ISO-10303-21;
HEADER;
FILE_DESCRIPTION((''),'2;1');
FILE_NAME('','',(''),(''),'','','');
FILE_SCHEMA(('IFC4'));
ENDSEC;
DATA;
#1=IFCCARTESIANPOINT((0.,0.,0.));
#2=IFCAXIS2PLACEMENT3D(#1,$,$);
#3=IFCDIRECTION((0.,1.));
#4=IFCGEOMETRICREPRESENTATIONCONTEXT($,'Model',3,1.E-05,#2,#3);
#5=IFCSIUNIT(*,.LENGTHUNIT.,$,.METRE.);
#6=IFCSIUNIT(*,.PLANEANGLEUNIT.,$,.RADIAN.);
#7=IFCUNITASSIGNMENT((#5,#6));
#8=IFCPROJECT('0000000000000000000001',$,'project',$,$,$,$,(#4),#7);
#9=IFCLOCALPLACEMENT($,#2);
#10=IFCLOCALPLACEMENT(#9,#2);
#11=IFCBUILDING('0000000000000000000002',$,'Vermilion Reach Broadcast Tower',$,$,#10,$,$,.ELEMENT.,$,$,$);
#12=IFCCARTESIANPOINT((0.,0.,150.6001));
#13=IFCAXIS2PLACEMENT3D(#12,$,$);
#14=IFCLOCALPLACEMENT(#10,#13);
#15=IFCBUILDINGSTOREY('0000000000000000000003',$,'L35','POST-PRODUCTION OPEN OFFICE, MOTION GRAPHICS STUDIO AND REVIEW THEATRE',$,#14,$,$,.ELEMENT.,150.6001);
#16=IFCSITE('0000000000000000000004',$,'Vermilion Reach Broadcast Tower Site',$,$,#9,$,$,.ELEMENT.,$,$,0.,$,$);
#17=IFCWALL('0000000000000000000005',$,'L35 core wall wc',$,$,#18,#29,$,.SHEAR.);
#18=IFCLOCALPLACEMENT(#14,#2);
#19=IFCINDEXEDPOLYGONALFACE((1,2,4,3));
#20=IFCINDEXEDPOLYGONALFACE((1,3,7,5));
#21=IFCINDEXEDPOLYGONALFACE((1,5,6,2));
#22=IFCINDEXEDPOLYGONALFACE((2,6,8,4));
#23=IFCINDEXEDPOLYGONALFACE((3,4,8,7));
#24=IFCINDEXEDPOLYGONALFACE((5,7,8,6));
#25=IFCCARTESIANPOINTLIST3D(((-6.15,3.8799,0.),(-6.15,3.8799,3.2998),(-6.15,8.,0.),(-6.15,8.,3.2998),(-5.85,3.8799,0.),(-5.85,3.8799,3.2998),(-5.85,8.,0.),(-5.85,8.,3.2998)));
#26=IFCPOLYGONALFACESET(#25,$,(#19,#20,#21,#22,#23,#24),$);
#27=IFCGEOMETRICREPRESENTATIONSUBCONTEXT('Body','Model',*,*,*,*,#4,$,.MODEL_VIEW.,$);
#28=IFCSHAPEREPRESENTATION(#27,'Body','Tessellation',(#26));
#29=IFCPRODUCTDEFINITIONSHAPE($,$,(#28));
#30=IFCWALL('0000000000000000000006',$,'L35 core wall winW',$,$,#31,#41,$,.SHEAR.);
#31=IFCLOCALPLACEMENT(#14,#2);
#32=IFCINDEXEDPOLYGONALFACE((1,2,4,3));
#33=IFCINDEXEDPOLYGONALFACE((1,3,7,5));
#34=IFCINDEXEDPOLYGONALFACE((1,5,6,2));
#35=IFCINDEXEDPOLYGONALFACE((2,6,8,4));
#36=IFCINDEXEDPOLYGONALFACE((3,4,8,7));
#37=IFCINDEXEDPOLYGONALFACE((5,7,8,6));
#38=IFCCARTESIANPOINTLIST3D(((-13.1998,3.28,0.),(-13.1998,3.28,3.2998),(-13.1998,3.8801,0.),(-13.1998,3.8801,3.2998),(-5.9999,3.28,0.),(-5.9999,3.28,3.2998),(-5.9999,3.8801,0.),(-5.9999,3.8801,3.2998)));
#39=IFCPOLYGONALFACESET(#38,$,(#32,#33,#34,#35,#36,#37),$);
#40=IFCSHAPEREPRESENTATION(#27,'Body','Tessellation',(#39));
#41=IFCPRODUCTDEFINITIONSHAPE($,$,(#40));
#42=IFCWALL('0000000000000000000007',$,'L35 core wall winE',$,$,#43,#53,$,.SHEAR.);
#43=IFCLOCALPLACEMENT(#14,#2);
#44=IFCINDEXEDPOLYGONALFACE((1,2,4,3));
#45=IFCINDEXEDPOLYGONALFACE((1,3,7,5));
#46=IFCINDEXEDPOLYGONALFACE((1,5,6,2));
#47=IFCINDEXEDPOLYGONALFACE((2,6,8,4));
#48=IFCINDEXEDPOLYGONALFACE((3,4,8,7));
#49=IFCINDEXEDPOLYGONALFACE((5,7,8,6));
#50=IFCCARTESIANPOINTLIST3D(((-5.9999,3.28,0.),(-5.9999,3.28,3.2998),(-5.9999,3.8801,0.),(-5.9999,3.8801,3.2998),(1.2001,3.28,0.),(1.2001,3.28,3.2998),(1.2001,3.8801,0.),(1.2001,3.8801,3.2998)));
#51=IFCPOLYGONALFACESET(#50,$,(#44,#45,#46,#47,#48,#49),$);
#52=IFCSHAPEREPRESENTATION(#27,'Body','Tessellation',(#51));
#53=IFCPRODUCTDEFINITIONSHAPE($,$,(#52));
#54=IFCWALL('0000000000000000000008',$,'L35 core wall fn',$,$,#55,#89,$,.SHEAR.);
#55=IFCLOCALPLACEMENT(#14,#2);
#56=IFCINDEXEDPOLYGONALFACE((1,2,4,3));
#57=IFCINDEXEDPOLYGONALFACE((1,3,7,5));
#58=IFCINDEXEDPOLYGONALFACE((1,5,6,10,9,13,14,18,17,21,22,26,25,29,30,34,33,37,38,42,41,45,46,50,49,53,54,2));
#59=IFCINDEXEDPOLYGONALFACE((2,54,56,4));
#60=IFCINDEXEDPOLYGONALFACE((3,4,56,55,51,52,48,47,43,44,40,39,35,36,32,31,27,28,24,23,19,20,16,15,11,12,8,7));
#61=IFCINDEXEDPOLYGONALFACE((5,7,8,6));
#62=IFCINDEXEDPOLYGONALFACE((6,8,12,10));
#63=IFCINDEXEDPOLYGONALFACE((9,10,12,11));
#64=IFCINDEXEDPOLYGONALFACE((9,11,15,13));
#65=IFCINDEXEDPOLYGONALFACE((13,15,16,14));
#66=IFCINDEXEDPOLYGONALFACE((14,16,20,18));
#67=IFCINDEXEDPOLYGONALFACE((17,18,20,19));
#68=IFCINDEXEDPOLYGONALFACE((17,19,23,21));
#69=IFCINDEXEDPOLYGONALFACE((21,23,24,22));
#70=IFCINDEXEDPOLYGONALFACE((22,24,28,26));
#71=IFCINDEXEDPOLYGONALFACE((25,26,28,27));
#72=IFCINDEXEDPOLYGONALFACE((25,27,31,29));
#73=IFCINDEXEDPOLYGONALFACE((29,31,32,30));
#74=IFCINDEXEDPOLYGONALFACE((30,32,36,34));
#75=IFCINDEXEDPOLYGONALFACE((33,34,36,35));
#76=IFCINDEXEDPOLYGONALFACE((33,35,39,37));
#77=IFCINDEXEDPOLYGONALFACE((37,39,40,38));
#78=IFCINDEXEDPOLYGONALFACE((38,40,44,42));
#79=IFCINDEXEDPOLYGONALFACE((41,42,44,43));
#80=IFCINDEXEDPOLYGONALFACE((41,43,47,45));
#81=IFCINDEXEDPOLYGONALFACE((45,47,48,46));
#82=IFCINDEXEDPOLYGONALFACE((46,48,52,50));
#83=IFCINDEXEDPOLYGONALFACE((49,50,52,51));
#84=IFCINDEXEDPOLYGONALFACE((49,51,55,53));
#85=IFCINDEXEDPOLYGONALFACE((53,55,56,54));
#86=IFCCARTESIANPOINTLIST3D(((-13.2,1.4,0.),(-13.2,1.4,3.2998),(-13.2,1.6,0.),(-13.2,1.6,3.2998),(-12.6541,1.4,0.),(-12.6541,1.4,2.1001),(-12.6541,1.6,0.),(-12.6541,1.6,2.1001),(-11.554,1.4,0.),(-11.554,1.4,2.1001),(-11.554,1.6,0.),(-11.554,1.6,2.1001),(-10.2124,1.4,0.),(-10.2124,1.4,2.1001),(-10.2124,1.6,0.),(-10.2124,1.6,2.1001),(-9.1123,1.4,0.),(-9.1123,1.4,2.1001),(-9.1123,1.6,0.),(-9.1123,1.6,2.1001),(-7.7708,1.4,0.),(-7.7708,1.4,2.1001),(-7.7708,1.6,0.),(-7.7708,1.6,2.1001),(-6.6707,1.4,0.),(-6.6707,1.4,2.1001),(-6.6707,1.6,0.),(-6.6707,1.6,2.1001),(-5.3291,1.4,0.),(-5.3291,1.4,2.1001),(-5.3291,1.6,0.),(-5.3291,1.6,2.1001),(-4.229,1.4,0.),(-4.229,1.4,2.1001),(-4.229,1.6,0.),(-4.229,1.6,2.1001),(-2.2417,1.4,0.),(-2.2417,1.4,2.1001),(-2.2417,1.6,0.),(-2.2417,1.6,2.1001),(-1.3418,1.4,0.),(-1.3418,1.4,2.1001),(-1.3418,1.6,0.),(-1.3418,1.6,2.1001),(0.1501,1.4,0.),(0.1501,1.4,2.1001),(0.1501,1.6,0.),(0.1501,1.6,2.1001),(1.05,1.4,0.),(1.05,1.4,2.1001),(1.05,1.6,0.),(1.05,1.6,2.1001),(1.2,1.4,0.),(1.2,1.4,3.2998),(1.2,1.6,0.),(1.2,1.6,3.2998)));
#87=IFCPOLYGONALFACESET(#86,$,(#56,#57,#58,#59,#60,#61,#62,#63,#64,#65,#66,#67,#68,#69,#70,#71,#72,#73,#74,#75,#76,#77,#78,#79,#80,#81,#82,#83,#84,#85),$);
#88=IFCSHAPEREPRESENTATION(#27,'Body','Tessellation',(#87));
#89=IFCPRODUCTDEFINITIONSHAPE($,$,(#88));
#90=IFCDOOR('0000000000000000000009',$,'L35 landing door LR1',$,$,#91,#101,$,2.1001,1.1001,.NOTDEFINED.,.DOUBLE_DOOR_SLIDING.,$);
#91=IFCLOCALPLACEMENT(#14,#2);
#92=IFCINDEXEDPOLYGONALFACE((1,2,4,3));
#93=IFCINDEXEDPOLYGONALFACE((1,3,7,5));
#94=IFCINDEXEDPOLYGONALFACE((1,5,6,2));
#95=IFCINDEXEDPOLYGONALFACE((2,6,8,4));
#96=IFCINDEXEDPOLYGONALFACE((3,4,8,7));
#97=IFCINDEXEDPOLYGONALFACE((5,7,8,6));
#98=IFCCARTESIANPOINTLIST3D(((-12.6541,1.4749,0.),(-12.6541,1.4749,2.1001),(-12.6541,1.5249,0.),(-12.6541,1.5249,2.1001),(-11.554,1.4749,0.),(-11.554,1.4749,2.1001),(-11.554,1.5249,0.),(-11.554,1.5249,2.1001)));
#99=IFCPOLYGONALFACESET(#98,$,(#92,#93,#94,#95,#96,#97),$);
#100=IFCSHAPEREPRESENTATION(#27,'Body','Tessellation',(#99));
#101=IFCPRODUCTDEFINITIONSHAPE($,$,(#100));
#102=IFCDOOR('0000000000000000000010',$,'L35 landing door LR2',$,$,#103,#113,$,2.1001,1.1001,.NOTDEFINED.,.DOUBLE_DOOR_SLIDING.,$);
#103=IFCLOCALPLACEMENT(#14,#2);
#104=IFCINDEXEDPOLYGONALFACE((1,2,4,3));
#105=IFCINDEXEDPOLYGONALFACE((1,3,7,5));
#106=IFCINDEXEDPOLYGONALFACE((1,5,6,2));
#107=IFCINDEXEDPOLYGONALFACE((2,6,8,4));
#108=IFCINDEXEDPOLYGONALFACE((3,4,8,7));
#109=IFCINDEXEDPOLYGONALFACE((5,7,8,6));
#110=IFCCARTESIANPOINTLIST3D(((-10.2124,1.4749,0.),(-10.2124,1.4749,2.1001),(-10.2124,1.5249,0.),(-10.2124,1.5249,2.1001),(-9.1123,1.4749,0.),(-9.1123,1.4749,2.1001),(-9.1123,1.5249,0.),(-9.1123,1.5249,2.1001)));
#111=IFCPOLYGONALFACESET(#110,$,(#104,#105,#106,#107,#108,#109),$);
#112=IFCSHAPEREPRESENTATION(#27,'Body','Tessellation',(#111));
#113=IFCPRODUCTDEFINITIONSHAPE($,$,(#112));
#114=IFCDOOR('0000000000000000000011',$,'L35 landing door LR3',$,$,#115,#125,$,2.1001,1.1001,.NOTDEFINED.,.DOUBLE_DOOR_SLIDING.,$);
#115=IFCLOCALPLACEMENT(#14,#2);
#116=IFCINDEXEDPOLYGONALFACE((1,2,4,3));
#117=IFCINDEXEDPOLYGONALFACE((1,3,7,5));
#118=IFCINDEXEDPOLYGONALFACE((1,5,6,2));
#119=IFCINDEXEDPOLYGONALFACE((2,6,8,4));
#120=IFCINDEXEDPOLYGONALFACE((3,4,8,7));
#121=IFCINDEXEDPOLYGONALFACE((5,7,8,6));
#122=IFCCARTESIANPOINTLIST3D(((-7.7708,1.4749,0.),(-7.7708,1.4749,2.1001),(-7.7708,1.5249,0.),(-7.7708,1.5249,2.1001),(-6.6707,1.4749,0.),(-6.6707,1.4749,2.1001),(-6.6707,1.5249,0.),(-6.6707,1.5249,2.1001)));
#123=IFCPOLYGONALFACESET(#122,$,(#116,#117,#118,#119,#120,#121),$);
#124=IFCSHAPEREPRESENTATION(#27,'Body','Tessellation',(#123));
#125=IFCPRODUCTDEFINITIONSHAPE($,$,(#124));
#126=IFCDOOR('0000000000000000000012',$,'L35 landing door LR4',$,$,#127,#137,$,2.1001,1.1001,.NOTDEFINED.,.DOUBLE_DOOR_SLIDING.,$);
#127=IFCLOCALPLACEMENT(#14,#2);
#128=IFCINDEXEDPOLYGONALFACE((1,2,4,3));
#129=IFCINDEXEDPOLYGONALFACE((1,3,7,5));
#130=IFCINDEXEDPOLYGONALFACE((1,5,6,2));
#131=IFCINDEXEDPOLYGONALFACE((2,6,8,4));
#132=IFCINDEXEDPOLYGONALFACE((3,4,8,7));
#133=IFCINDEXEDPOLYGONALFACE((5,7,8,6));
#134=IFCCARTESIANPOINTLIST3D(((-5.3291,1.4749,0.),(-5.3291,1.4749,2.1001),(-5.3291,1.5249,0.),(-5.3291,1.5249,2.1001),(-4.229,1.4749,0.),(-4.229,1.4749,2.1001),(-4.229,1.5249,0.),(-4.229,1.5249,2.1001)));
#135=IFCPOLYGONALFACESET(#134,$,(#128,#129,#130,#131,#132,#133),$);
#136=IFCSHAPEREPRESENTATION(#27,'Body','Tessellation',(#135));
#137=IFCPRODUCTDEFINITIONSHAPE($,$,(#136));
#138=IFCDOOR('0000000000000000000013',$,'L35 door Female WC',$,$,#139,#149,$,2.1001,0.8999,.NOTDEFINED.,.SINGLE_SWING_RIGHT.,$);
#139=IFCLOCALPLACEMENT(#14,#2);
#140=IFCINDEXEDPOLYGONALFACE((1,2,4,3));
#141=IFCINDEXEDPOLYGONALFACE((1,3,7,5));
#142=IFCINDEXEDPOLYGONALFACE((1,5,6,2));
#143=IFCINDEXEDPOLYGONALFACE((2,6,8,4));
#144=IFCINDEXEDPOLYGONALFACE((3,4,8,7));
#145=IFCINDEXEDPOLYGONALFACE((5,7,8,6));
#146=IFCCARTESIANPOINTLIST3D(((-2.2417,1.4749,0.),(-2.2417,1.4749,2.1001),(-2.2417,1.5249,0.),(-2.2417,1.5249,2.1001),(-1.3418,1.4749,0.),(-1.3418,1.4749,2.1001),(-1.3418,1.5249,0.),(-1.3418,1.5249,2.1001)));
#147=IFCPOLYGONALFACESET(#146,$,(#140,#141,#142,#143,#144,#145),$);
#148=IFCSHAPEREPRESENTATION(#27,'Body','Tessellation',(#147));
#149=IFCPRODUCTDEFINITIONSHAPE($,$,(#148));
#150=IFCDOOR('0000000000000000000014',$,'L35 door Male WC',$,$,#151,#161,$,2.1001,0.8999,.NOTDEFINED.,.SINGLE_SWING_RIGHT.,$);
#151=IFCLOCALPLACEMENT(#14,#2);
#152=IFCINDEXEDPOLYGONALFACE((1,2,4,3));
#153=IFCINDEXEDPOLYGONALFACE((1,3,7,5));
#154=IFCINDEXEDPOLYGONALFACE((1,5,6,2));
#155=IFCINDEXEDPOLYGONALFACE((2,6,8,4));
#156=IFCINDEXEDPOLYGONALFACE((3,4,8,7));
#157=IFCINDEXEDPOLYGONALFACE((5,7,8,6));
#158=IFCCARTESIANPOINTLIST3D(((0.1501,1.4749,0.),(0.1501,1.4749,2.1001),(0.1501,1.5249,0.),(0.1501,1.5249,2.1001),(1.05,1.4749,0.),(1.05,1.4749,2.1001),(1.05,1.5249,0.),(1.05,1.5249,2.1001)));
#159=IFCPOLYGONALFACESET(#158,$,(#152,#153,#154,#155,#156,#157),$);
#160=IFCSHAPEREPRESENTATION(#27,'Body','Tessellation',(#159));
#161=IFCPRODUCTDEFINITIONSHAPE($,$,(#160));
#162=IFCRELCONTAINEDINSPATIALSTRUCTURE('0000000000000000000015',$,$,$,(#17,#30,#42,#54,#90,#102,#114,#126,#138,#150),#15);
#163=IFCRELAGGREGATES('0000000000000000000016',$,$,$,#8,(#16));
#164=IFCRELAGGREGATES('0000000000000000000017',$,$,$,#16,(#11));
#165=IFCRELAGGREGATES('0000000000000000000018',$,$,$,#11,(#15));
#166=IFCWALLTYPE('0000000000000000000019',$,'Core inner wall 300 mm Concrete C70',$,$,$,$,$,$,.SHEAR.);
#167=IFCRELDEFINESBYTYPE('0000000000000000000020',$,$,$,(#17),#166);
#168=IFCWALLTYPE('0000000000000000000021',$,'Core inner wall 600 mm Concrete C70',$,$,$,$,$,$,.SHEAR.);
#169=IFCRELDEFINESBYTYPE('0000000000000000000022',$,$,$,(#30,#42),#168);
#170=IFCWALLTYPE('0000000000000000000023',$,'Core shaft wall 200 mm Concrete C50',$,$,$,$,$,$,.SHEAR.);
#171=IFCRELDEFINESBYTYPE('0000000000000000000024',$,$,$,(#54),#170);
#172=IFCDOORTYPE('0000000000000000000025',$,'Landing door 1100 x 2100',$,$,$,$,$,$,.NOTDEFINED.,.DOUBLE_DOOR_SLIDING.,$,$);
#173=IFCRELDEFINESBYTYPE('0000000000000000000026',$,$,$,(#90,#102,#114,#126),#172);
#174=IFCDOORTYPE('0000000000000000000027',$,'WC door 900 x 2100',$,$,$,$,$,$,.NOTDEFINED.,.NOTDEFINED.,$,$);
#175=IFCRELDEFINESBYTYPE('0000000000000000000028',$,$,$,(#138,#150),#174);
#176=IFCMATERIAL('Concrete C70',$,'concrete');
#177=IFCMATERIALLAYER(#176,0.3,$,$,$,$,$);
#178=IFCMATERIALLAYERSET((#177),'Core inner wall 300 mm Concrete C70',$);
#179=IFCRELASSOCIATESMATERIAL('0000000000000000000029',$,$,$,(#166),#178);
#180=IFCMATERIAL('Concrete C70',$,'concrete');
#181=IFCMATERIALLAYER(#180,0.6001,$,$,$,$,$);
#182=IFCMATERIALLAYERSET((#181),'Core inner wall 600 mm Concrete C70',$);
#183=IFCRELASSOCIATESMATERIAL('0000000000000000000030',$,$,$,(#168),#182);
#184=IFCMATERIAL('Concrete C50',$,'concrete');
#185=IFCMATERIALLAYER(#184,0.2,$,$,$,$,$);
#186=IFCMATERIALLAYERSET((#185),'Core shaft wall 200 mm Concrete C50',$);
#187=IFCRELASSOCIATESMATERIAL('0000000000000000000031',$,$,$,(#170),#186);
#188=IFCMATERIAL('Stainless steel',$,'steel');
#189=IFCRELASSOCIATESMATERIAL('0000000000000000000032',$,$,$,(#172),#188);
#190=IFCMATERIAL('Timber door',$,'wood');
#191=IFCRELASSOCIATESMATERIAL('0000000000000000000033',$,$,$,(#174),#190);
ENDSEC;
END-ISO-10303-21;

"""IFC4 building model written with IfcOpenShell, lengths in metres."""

from ifc_helpers import new_model, si_unit, direction, frame, frame_2d, origin, place, context, subcontext, project, spatial, rectangle, extrude, material, layer, layer_set, type_object, element, fill, save


model = new_model("IFC4")

# Units and contexts
model_context = context("Model", 3, precision=1e-05, world=origin(), true_north=direction((0.0, 1.0)))
body_context = subcontext(model_context, "Body", "Model", "MODEL_VIEW")
ifc_project = project(units=[si_unit("LENGTHUNIT", "METRE"), si_unit("PLANEANGLEUNIT", "RADIAN")], contexts=[model_context])

# Site, building, storey
site_placement = place(None, origin())
site = spatial("IfcSite", under=ifc_project, at=site_placement, Name="Vermilion Reach Broadcast Tower Site", CompositionType="ELEMENT", RefElevation=0.0)
building_placement = place(site_placement, origin())
building = spatial("IfcBuilding", under=site, at=building_placement, Name="Vermilion Reach Broadcast Tower", CompositionType="ELEMENT")
storey_placement = place(building_placement, frame((0.0, 0.0, 150.6001)))
storey = spatial("IfcBuildingStorey", under=building, at=storey_placement, Name="L35", Description="POST-PRODUCTION OPEN OFFICE, MOTION GRAPHICS STUDIO AND REVIEW THEATRE", CompositionType="ELEMENT", Elevation=150.6001)

# Walls
ifc_material_1 = material(Name="Concrete C70", Category="concrete")
ifc_layer_1 = layer(ifc_material_1, 0.3)
ifc_layer_set_1 = layer_set([ifc_layer_1], Name="Core inner wall 300 mm Concrete C70")
wall_type_1 = type_object("IfcWallType", Name="Core inner wall 300 mm Concrete C70", PredefinedType="SHEAR", material=ifc_layer_set_1)
wall_1_placement = place(storey_placement, frame((-6.0, 3.8799, 0.0), z_axis=(0.0, 0.0, 1.0), x_axis=(0.0, 1.0, 0.0)))
element("IfcWall", 1, at=wall_1_placement, inside=storey, type_object=wall_type_1, Name="L35 core wall wc", PredefinedType="SHEAR", context=body_context, shape_type="SweptSolid", body=[
    extrude(rectangle(XDim=4.1201, YDim=0.3, at=frame_2d((2.0601, 0.0))), origin(), (0.0, 0.0, 1.0), 3.2998),
])
ifc_material_2 = material(Name="Concrete C70", Category="concrete")
ifc_layer_2 = layer(ifc_material_2, 0.6001)
ifc_layer_set_2 = layer_set([ifc_layer_2], Name="Core inner wall 600 mm Concrete C70")
wall_type_2 = type_object("IfcWallType", Name="Core inner wall 600 mm Concrete C70", PredefinedType="SHEAR", material=ifc_layer_set_2)
for number, where, z_axis, x_axis, name in (
    (2, (-13.2, 3.5801, 0.0), (0.0, 0.0, 1.0), (1.0, 0.0, 0.0), "L35 core wall winW"),
    (3, (-6.0, 3.5801, 0.0), (0.0, 0.0, 1.0), (1.0, 0.0, 0.0), "L35 core wall winE"),
):
    element("IfcWall", number, at=place(storey_placement, frame(where, z_axis=z_axis, x_axis=x_axis)), inside=storey, type_object=wall_type_2, Name=name, PredefinedType="SHEAR", context=body_context, shape_type="SweptSolid", body=[
        extrude(rectangle(XDim=7.2, YDim=0.6001, at=frame_2d((3.6001, 0.0))), origin(), (0.0, 0.0, 1.0), 3.2998),
    ])

# Wall, openings, doors
ifc_material_3 = material(Name="Concrete C50", Category="concrete")
ifc_layer_3 = layer(ifc_material_3, 0.2)
ifc_layer_set_3 = layer_set([ifc_layer_3], Name="Core shaft wall 200 mm Concrete C50")
wall_type_3 = type_object("IfcWallType", Name="Core shaft wall 200 mm Concrete C50", PredefinedType="SHEAR", material=ifc_layer_set_3)
wall_2_placement = place(storey_placement, frame((-13.2, 1.5, 0.0), z_axis=(0.0, 0.0, 1.0), x_axis=(1.0, 0.0, 0.0)))
wall_2 = element("IfcWall", 4, at=wall_2_placement, inside=storey, type_object=wall_type_3, Name="L35 core wall fn", PredefinedType="SHEAR", context=body_context, shape_type="SweptSolid", body=[
    extrude(rectangle(XDim=14.3999, YDim=0.2, at=frame_2d((7.2, 0.0))), origin(), (0.0, 0.0, 1.0), 3.2998),
])
opening_1_placement = place(wall_2_placement, frame((0.5459, 0.0, 0.0)))
opening_1 = element("IfcOpeningElement", 5, at=opening_1_placement, cuts=wall_2, PredefinedType="OPENING", context=body_context, shape_type="SweptSolid", body=[
    extrude(rectangle(XDim=1.1001, YDim=2.1001, at=frame_2d((0.55, 1.05))), frame((0.0, 0.1099, 0.0), z_axis=(0.0, -1.0, 0.0), x_axis=(1.0, 0.0, 0.0)), (0.0, 0.0, 1.0), 0.22),
])
opening_2_placement = place(wall_2_placement, frame((2.9875, 0.0, 0.0)))
opening_2 = element("IfcOpeningElement", 6, at=opening_2_placement, cuts=wall_2, PredefinedType="OPENING", context=body_context, shape_type="SweptSolid", body=[
    extrude(rectangle(XDim=1.1001, YDim=2.1001, at=frame_2d((0.55, 1.05))), frame((0.0, 0.1099, 0.0), z_axis=(0.0, -1.0, 0.0), x_axis=(1.0, 0.0, 0.0)), (0.0, 0.0, 1.0), 0.22),
])
opening_3_placement = place(wall_2_placement, frame((5.4292, 0.0, 0.0)))
opening_3 = element("IfcOpeningElement", 7, at=opening_3_placement, cuts=wall_2, PredefinedType="OPENING", context=body_context, shape_type="SweptSolid", body=[
    extrude(rectangle(XDim=1.1001, YDim=2.1001, at=frame_2d((0.55, 1.05))), frame((0.0, 0.1099, 0.0), z_axis=(0.0, -1.0, 0.0), x_axis=(1.0, 0.0, 0.0)), (0.0, 0.0, 1.0), 0.22),
])
opening_4_placement = place(wall_2_placement, frame((7.8708, 0.0, 0.0)))
opening_4 = element("IfcOpeningElement", 8, at=opening_4_placement, cuts=wall_2, PredefinedType="OPENING", context=body_context, shape_type="SweptSolid", body=[
    extrude(rectangle(XDim=1.1001, YDim=2.1001, at=frame_2d((0.55, 1.05))), frame((0.0, 0.1099, 0.0), z_axis=(0.0, -1.0, 0.0), x_axis=(1.0, 0.0, 0.0)), (0.0, 0.0, 1.0), 0.22),
])
opening_5_placement = place(wall_2_placement, frame((10.9583, 0.0, 0.0)))
opening_5 = element("IfcOpeningElement", 9, at=opening_5_placement, cuts=wall_2, PredefinedType="OPENING", context=body_context, shape_type="SweptSolid", body=[
    extrude(rectangle(XDim=0.8999, YDim=2.1001, at=frame_2d((0.45, 1.05))), frame((0.0, 0.1099, 0.0), z_axis=(0.0, -1.0, 0.0), x_axis=(1.0, 0.0, 0.0)), (0.0, 0.0, 1.0), 0.22),
])
opening_6_placement = place(wall_2_placement, frame((13.3501, 0.0, 0.0)))
opening_6 = element("IfcOpeningElement", 10, at=opening_6_placement, cuts=wall_2, PredefinedType="OPENING", context=body_context, shape_type="SweptSolid", body=[
    extrude(rectangle(XDim=0.8999, YDim=2.1001, at=frame_2d((0.45, 1.05))), frame((0.0, 0.1099, 0.0), z_axis=(0.0, -1.0, 0.0), x_axis=(1.0, 0.0, 0.0)), (0.0, 0.0, 1.0), 0.22),
])
ifc_material_4 = material(Name="Stainless steel", Category="steel")
door_type_1 = type_object("IfcDoorType", Name="Landing door 1100 x 2100", OperationType="DOUBLE_DOOR_SLIDING", PredefinedType="NOTDEFINED", material=ifc_material_4)
door_1_placement = place(opening_1_placement, origin())
door_1 = element("IfcDoor", 11, at=door_1_placement, inside=storey, type_object=door_type_1, Name="L35 landing door LR1", OperationType="DOUBLE_DOOR_SLIDING", OverallHeight=2.1001, OverallWidth=1.1001, PredefinedType="NOTDEFINED", context=body_context, shape_type="SweptSolid", body=[
    extrude(rectangle(XDim=1.1001, YDim=2.1001, at=frame_2d((0.55, 1.05))), frame((0.0, 0.0249, 0.0), z_axis=(0.0, -1.0, 0.0), x_axis=(1.0, 0.0, 0.0)), (0.0, 0.0, 1.0), 0.05),
])
fill(opening_1, door_1)
door_2_placement = place(opening_2_placement, origin())
door_2 = element("IfcDoor", 12, at=door_2_placement, inside=storey, type_object=door_type_1, Name="L35 landing door LR2", OperationType="DOUBLE_DOOR_SLIDING", OverallHeight=2.1001, OverallWidth=1.1001, PredefinedType="NOTDEFINED", context=body_context, shape_type="SweptSolid", body=[
    extrude(rectangle(XDim=1.1001, YDim=2.1001, at=frame_2d((0.55, 1.05))), frame((0.0, 0.0249, 0.0), z_axis=(0.0, -1.0, 0.0), x_axis=(1.0, 0.0, 0.0)), (0.0, 0.0, 1.0), 0.05),
])
fill(opening_2, door_2)
door_3_placement = place(opening_3_placement, origin())
door_3 = element("IfcDoor", 13, at=door_3_placement, inside=storey, type_object=door_type_1, Name="L35 landing door LR3", OperationType="DOUBLE_DOOR_SLIDING", OverallHeight=2.1001, OverallWidth=1.1001, PredefinedType="NOTDEFINED", context=body_context, shape_type="SweptSolid", body=[
    extrude(rectangle(XDim=1.1001, YDim=2.1001, at=frame_2d((0.55, 1.05))), frame((0.0, 0.0249, 0.0), z_axis=(0.0, -1.0, 0.0), x_axis=(1.0, 0.0, 0.0)), (0.0, 0.0, 1.0), 0.05),
])
fill(opening_3, door_3)
door_4_placement = place(opening_4_placement, origin())
door_4 = element("IfcDoor", 14, at=door_4_placement, inside=storey, type_object=door_type_1, Name="L35 landing door LR4", OperationType="DOUBLE_DOOR_SLIDING", OverallHeight=2.1001, OverallWidth=1.1001, PredefinedType="NOTDEFINED", context=body_context, shape_type="SweptSolid", body=[
    extrude(rectangle(XDim=1.1001, YDim=2.1001, at=frame_2d((0.55, 1.05))), frame((0.0, 0.0249, 0.0), z_axis=(0.0, -1.0, 0.0), x_axis=(1.0, 0.0, 0.0)), (0.0, 0.0, 1.0), 0.05),
])
fill(opening_4, door_4)
ifc_material_5 = material(Name="Timber door", Category="wood")
door_type_2 = type_object("IfcDoorType", Name="WC door 900 x 2100", OperationType="NOTDEFINED", PredefinedType="NOTDEFINED", material=ifc_material_5)
door_5_placement = place(opening_5_placement, origin())
door_5 = element("IfcDoor", 15, at=door_5_placement, inside=storey, type_object=door_type_2, Name="L35 door Female WC", OperationType="SINGLE_SWING_RIGHT", OverallHeight=2.1001, OverallWidth=0.8999, PredefinedType="NOTDEFINED", context=body_context, shape_type="SweptSolid", body=[
    extrude(rectangle(XDim=0.8999, YDim=2.1001, at=frame_2d((0.45, 1.05))), frame((0.0, 0.0249, 0.0), z_axis=(0.0, -1.0, 0.0), x_axis=(1.0, 0.0, 0.0)), (0.0, 0.0, 1.0), 0.05),
])
fill(opening_5, door_5)
door_6_placement = place(opening_6_placement, origin())
door_6 = element("IfcDoor", 16, at=door_6_placement, inside=storey, type_object=door_type_2, Name="L35 door Male WC", OperationType="SINGLE_SWING_RIGHT", OverallHeight=2.1001, OverallWidth=0.8999, PredefinedType="NOTDEFINED", context=body_context, shape_type="SweptSolid", body=[
    extrude(rectangle(XDim=0.8999, YDim=2.1001, at=frame_2d((0.45, 1.05))), frame((0.0, 0.0249, 0.0), z_axis=(0.0, -1.0, 0.0), x_axis=(1.0, 0.0, 0.0)), (0.0, 0.0, 1.0), 0.05),
])
fill(opening_6, door_6)

save(model, "model.ifc")
